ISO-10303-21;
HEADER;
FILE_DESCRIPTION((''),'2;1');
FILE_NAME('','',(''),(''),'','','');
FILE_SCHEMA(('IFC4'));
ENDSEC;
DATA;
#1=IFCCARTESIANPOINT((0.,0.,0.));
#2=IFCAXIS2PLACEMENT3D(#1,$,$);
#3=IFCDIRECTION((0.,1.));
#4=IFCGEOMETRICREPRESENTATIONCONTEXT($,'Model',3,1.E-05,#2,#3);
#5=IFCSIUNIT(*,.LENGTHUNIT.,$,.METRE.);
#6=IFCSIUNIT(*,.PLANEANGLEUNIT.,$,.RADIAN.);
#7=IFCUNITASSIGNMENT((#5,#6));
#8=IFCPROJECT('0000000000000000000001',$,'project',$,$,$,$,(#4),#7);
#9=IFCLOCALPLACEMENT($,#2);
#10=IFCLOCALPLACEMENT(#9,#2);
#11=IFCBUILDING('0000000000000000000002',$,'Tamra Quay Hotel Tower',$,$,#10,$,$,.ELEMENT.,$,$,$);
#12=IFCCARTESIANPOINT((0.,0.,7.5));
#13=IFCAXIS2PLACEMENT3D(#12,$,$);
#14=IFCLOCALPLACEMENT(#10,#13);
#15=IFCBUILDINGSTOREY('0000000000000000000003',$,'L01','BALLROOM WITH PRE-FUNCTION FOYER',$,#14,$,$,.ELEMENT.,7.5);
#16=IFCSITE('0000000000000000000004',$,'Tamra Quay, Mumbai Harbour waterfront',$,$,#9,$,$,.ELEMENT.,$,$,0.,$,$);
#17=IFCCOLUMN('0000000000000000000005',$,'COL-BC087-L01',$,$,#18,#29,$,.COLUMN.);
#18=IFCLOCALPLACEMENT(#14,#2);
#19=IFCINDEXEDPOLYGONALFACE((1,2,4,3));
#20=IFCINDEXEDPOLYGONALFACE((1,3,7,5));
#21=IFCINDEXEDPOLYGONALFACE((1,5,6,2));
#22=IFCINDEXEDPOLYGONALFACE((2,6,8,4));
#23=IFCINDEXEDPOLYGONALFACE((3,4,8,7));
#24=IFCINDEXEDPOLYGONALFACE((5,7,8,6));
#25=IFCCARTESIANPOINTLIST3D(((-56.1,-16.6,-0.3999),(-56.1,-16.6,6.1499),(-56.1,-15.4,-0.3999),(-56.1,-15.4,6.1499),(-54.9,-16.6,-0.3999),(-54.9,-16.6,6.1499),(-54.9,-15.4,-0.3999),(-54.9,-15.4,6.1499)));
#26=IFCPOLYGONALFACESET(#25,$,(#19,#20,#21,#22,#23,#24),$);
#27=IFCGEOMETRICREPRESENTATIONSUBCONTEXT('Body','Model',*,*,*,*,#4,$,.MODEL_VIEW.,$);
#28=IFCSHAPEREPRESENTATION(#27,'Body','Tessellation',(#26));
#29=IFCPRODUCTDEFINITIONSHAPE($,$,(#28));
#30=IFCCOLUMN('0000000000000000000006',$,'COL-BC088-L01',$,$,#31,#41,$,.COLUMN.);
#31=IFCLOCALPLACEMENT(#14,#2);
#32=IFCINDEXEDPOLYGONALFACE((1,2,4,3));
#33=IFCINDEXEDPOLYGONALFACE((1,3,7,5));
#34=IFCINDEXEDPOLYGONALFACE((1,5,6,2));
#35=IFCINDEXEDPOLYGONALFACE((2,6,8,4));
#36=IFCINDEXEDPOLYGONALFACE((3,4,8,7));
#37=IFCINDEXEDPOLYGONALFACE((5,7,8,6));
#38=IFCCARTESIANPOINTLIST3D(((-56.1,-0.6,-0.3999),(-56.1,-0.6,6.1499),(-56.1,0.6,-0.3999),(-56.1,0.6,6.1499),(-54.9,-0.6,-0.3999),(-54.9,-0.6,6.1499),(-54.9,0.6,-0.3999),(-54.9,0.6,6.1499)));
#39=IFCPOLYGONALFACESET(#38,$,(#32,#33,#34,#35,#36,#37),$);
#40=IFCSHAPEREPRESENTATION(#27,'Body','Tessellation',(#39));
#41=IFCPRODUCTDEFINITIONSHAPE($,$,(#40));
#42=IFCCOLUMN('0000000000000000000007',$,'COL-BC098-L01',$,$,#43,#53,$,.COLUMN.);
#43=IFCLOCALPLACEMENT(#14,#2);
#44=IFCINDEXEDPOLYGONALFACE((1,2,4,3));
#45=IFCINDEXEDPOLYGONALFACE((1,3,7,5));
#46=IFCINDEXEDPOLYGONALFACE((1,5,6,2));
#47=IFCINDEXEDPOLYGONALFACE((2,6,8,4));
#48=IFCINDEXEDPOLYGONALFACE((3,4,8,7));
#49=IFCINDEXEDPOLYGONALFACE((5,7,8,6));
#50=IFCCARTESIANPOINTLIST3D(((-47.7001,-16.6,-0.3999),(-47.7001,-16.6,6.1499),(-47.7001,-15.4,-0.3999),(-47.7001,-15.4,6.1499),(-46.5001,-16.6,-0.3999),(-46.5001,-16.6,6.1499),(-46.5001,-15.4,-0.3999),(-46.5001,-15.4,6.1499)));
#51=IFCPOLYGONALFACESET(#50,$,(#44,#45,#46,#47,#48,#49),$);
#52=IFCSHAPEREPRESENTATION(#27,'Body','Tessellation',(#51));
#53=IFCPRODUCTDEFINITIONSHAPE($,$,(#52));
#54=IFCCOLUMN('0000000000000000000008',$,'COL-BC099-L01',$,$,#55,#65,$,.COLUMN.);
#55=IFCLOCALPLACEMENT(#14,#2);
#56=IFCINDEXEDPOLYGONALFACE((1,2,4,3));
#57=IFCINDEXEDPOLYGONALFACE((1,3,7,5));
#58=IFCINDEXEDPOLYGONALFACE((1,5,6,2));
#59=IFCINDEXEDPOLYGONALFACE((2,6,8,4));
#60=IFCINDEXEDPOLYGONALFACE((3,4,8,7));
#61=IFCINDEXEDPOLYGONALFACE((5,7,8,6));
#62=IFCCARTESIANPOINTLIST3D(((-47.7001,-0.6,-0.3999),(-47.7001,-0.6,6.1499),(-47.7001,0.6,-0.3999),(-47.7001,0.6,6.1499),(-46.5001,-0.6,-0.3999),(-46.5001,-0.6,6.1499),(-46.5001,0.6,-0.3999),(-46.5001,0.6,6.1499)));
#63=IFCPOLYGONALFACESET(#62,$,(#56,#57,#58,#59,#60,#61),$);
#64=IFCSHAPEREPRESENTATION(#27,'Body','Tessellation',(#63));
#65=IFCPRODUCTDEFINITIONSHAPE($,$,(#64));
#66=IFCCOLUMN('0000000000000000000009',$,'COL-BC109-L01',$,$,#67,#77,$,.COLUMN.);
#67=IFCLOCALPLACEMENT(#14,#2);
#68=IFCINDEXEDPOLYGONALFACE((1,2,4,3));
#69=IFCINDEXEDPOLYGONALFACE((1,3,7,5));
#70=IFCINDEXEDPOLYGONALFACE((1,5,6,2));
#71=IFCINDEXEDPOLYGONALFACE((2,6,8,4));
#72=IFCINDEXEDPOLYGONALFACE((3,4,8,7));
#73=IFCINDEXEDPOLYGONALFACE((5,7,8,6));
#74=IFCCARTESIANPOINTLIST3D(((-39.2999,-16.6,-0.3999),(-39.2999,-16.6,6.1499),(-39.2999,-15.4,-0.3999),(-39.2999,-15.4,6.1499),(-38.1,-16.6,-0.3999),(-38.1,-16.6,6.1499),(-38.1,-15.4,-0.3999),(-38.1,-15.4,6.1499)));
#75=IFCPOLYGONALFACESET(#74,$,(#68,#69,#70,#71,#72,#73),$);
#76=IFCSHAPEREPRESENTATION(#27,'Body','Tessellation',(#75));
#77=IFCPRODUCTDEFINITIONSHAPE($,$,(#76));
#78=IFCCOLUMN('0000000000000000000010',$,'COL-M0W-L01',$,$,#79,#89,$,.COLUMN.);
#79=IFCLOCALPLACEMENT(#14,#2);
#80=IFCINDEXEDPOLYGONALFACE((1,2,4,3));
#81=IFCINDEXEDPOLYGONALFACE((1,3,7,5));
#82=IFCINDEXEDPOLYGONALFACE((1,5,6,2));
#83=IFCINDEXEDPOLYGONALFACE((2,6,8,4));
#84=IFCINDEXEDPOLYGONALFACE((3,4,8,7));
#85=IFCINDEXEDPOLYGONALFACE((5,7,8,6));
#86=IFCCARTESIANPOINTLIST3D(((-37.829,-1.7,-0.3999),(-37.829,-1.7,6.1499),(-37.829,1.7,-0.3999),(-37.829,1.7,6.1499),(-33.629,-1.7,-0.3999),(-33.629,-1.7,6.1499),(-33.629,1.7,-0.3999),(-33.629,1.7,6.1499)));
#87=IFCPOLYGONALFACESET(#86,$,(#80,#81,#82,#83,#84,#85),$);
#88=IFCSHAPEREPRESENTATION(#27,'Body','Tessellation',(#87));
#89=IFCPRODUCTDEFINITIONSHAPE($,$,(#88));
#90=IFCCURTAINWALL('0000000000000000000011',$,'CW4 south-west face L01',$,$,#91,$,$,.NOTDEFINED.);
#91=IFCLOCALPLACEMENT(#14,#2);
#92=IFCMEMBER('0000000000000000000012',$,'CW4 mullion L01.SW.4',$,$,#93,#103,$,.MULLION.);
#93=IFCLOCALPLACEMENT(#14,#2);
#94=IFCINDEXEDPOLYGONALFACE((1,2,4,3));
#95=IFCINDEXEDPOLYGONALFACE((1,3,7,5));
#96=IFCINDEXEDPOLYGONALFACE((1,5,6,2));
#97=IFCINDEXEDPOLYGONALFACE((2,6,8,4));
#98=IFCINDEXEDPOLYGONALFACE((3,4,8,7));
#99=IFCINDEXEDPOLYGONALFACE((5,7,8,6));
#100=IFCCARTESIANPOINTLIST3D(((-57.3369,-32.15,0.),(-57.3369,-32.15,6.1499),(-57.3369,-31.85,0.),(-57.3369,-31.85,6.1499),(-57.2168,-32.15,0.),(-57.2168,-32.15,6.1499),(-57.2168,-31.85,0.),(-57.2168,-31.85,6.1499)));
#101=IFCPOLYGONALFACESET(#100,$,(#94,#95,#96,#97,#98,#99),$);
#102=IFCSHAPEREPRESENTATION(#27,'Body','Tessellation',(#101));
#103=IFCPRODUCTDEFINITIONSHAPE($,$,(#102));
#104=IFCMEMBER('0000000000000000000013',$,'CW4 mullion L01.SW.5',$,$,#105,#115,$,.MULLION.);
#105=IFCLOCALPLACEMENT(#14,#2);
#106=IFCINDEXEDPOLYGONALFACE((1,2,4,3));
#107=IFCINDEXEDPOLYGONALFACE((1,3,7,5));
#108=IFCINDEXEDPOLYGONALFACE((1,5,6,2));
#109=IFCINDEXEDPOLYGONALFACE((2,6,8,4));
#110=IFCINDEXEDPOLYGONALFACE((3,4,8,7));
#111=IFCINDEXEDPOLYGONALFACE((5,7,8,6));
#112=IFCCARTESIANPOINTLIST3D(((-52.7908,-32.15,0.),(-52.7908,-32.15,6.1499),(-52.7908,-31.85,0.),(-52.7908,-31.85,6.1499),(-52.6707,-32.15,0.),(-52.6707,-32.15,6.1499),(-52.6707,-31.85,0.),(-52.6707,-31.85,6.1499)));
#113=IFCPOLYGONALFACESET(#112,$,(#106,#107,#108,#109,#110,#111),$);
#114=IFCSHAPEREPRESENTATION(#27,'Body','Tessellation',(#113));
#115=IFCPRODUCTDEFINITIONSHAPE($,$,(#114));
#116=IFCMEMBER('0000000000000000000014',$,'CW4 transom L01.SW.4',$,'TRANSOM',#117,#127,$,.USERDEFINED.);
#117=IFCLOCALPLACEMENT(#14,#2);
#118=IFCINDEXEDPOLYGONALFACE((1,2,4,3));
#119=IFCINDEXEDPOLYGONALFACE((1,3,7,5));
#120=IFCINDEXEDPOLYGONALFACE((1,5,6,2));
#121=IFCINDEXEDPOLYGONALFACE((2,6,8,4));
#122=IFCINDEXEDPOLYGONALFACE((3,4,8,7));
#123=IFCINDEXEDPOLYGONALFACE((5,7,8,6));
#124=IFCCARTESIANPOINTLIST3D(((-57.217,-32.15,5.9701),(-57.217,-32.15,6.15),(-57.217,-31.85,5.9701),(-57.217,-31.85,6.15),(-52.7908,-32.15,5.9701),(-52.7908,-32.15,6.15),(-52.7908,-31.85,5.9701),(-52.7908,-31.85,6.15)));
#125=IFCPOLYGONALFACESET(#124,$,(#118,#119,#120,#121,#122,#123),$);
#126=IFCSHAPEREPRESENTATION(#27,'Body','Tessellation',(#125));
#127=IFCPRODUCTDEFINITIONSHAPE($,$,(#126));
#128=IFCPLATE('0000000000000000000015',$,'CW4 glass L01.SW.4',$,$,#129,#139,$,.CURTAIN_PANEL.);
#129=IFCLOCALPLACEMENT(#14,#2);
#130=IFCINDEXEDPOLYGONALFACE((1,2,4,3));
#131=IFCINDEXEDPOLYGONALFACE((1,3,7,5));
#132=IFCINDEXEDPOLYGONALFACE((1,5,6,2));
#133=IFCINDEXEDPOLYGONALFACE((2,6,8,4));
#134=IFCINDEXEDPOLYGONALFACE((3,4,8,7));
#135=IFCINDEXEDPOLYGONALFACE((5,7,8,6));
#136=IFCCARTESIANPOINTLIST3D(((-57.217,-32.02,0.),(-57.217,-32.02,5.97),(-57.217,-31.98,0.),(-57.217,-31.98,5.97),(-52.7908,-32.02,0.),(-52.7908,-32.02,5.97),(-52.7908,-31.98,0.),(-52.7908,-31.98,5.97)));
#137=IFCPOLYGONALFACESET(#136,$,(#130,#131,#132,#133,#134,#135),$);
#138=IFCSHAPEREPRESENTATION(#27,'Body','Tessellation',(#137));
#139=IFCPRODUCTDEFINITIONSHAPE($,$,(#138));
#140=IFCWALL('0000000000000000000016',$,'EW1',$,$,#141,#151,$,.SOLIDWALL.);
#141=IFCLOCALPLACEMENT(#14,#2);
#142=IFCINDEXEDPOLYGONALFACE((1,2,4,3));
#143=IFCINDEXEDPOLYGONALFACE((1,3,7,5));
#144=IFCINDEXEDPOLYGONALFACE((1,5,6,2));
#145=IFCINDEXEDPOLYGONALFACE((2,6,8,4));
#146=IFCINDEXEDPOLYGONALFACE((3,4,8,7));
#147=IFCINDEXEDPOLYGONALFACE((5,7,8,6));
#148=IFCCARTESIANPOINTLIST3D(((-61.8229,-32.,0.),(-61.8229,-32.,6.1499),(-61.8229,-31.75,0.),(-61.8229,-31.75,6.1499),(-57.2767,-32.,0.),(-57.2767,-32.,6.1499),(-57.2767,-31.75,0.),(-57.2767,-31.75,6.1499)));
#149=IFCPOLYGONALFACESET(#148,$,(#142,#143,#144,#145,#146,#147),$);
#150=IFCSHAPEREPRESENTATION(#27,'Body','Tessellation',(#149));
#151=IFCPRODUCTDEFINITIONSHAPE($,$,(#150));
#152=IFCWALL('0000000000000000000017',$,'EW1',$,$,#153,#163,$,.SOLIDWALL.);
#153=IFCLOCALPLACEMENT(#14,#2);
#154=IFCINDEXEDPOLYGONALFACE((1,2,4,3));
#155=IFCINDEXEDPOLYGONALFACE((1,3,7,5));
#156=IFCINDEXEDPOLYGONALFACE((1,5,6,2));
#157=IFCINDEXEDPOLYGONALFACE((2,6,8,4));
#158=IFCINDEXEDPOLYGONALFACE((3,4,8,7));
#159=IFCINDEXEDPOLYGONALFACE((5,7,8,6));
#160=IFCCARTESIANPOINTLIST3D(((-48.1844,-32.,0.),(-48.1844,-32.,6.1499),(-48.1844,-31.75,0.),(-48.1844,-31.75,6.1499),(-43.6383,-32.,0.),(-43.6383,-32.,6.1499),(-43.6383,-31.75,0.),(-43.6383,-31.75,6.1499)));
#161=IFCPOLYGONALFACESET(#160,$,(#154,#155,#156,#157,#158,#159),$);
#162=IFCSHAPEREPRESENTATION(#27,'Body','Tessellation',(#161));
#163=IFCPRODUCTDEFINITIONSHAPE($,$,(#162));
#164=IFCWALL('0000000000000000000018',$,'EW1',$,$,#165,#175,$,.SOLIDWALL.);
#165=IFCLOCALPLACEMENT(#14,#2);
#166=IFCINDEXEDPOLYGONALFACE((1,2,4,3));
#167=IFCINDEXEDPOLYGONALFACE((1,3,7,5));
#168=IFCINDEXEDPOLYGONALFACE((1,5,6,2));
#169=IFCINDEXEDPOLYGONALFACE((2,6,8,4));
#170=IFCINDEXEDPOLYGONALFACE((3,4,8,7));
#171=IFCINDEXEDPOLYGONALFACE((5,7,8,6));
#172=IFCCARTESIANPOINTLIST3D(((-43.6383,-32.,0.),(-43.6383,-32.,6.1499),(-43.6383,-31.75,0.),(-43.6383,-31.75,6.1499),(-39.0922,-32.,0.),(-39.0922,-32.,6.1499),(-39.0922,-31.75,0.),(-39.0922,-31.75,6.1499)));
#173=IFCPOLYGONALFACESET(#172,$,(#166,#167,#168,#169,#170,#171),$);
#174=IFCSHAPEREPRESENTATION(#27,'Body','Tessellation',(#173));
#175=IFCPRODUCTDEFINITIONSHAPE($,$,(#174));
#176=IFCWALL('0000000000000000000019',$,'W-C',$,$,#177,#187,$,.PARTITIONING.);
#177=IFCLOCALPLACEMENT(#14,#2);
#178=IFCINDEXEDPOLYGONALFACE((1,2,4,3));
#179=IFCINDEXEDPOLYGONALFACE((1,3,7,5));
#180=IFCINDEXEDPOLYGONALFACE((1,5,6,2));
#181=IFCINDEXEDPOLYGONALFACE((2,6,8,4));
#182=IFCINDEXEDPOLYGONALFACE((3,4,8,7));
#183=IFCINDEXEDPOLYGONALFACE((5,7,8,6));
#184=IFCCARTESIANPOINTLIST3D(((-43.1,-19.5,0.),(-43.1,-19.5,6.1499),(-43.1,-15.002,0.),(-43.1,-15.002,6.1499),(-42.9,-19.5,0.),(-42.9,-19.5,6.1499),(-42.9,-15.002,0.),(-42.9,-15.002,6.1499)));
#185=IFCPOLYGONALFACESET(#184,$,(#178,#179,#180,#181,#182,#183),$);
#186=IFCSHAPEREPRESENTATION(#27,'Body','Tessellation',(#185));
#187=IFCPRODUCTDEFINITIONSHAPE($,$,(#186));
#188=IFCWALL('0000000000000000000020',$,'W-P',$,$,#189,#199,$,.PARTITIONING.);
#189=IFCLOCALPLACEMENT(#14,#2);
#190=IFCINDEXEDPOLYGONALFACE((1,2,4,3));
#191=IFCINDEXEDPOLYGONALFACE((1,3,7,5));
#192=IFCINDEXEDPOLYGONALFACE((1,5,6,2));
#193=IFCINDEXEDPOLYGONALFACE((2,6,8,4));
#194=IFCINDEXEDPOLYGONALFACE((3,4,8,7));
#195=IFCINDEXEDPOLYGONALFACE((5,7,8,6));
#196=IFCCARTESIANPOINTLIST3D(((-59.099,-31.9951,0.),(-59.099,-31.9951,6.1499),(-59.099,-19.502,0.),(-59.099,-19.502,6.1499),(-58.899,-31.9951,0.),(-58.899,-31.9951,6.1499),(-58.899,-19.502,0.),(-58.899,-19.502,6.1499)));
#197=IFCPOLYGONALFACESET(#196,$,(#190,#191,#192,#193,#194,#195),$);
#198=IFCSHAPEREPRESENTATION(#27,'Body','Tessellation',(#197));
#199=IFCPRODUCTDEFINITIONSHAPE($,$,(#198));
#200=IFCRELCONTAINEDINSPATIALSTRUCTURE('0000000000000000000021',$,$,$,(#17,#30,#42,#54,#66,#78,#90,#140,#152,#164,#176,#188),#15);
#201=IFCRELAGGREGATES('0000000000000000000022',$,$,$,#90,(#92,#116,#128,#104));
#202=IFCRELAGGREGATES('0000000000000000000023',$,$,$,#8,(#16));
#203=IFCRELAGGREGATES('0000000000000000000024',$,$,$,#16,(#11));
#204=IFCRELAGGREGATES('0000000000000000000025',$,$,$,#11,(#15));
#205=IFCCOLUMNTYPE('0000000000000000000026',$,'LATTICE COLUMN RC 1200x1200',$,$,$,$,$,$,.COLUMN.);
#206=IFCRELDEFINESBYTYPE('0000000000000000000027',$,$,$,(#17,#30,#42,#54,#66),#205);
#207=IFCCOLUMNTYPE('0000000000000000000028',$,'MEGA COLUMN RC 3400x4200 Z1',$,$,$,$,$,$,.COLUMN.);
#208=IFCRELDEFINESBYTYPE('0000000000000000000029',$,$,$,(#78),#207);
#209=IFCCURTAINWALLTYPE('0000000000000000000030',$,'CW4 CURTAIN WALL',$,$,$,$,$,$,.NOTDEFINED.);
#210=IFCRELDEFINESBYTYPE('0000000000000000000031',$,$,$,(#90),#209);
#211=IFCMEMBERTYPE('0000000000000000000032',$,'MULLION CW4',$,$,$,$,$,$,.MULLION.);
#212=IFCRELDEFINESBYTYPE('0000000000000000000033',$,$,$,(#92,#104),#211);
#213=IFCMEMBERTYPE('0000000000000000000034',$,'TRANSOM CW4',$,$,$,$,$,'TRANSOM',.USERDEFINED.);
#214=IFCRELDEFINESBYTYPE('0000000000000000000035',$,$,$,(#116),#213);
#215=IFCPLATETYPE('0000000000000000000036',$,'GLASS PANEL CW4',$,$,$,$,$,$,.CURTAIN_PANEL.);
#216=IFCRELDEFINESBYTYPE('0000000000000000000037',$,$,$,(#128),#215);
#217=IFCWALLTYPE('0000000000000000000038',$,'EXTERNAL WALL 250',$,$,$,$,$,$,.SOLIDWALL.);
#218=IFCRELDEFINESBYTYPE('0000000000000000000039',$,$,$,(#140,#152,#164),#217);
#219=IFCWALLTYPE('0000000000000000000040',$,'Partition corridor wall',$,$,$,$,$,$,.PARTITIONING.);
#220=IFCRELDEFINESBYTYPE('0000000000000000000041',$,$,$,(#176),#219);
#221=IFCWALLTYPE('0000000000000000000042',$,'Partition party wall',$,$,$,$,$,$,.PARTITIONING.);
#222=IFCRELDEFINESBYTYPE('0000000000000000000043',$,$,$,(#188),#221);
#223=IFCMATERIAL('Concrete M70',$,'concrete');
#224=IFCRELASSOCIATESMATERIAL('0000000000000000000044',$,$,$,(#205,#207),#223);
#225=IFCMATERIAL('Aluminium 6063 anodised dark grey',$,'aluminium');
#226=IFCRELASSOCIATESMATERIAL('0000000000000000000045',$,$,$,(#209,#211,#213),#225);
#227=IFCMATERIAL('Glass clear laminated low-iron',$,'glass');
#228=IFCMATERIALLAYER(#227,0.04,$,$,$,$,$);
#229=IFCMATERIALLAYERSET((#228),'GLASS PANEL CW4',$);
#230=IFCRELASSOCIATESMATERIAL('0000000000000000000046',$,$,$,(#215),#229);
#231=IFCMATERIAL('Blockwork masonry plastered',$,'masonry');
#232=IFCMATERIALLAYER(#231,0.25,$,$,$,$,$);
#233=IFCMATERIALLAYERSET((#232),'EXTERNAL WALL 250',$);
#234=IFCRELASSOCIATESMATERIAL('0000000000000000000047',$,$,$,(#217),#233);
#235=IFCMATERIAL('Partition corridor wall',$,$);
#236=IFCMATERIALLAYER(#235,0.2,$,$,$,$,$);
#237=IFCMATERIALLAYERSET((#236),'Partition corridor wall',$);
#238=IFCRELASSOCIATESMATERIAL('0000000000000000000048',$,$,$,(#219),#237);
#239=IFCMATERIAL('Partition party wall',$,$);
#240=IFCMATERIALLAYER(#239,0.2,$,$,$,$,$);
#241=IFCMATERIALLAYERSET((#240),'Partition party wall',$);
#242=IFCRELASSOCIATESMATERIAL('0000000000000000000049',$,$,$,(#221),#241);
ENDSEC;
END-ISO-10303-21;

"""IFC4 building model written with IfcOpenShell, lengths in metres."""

from ifc_helpers import new_model, si_unit, direction, frame, frame_2d, origin, origin_2d, place, context, subcontext, project, spatial, rectangle, extrude, material, layer, layer_set, material_profile, profile_set, type_object, element, aggregate, save


model = new_model("IFC4")

# Units and contexts
model_context = context("Model", 3, precision=1e-05, world=origin(), true_north=direction((0.0, 1.0)))
body_context = subcontext(model_context, "Body", "Model", "MODEL_VIEW")
ifc_project = project(units=[si_unit("LENGTHUNIT", "METRE"), si_unit("PLANEANGLEUNIT", "RADIAN")], contexts=[model_context])

# Site, building, storey
site_placement = place(None, origin())
site = spatial("IfcSite", under=ifc_project, at=site_placement, Name="Tamra Quay, Mumbai Harbour waterfront", CompositionType="ELEMENT", RefElevation=0.0)
building_placement = place(site_placement, origin())
building = spatial("IfcBuilding", under=site, at=building_placement, Name="Tamra Quay Hotel Tower", CompositionType="ELEMENT")
storey_placement = place(building_placement, frame((0.0, 0.0, 7.5)))
storey = spatial("IfcBuildingStorey", under=building, at=storey_placement, Name="L01", Description="BALLROOM WITH PRE-FUNCTION FOYER", CompositionType="ELEMENT", Elevation=7.5)

# Columns
ifc_material_1 = material(Name="Concrete M70", Category="concrete")
ifc_material_profile_1 = material_profile(ifc_material_1, rectangle(XDim=1.2, YDim=1.2, at=origin_2d()), Name="LATTICE COLUMN RC 1200x1200")
ifc_profile_set_1 = profile_set([ifc_material_profile_1], Name="Concrete M70")
column_type_1 = type_object("IfcColumnType", Name="LATTICE COLUMN RC 1200x1200", PredefinedType="COLUMN", material=ifc_profile_set_1)
for number, where, z_axis, x_axis, name in (
    (1, (-55.5, -16.0, -0.3999), (0.0, 0.0, 1.0), (1.0, 0.0, 0.0), "COL-BC087-L01"),
    (2, (-55.5, 0.0, -0.3999), (0.0, 0.0, 1.0), (1.0, 0.0, 0.0), "COL-BC088-L01"),
    (3, (-47.1001, -16.0, -0.3999), (0.0, 0.0, 1.0), (1.0, 0.0, 0.0), "COL-BC098-L01"),
    (4, (-47.1001, 0.0, -0.3999), (0.0, 0.0, 1.0), (1.0, 0.0, 0.0), "COL-BC099-L01"),
    (5, (-38.7, -16.0, -0.3999), (0.0, 0.0, 1.0), (1.0, 0.0, 0.0), "COL-BC109-L01"),
):
    element("IfcColumn", number, at=place(storey_placement, frame(where, z_axis=z_axis, x_axis=x_axis)), inside=storey, type_object=column_type_1, Name=name, PredefinedType="COLUMN", context=body_context, shape_type="SweptSolid", body=[
        extrude(rectangle(XDim=1.2, YDim=1.2, at=origin_2d()), origin(), (0.0, 0.0, 1.0), 6.5498),
    ])
ifc_material_profile_2 = material_profile(ifc_material_1, rectangle(XDim=4.2, YDim=3.3999, at=origin_2d()), Name="MEGA COLUMN RC 3400x4200 Z1")
ifc_profile_set_2 = profile_set([ifc_material_profile_2], Name="Concrete M70")
column_type_2 = type_object("IfcColumnType", Name="MEGA COLUMN RC 3400x4200 Z1", PredefinedType="COLUMN", material=ifc_profile_set_2)
column_placement = place(storey_placement, frame((-35.729, 0.0, -0.3999), z_axis=(0.0, 0.0, 1.0), x_axis=(1.0, 0.0, 0.0)))
element("IfcColumn", 6, at=column_placement, inside=storey, type_object=column_type_2, Name="COL-M0W-L01", PredefinedType="COLUMN", context=body_context, shape_type="SweptSolid", body=[
    extrude(rectangle(XDim=4.2, YDim=3.3999, at=origin_2d()), origin(), (0.0, 0.0, 1.0), 6.5498),
])

# Curtain wall, members, plate
ifc_material_2 = material(Name="Aluminium 6063 anodised dark grey", Category="aluminium")
curtain_wall_type = type_object("IfcCurtainWallType", Name="CW4 CURTAIN WALL", PredefinedType="NOTDEFINED", material=ifc_material_2)
curtain_wall_placement = place(storey_placement, origin())
curtain_wall = element("IfcCurtainWall", 7, at=curtain_wall_placement, inside=storey, type_object=curtain_wall_type, Name="CW4 south-west face L01", PredefinedType="NOTDEFINED")
ifc_material_profile_3 = material_profile(ifc_material_2, rectangle(XDim=0.3, YDim=0.1201, at=origin_2d()), Name="MULLION 120X300")
ifc_profile_set_3 = profile_set([ifc_material_profile_3], Name="Aluminium 6063 anodised dark grey")
member_type_1 = type_object("IfcMemberType", Name="MULLION CW4", PredefinedType="MULLION", material=ifc_profile_set_3)
member_1_placement = place(storey_placement, frame((-57.2769, -32.0, 0.0), z_axis=(0.0, 0.0, 1.0), x_axis=(0.0, -1.0, 0.0)))
member_1 = element("IfcMember", 8, at=member_1_placement, type_object=member_type_1, Name="CW4 mullion L01.SW.4", PredefinedType="MULLION", context=body_context, shape_type="SweptSolid", body=[
    extrude(rectangle(XDim=0.3, YDim=0.1201, at=origin_2d()), origin(), (0.0, 0.0, 1.0), 6.1499),
])
member_2_placement = place(storey_placement, frame((-52.7307, -32.0, 0.0), z_axis=(0.0, 0.0, 1.0), x_axis=(0.0, -1.0, 0.0)))
member_2 = element("IfcMember", 9, at=member_2_placement, type_object=member_type_1, Name="CW4 mullion L01.SW.5", PredefinedType="MULLION", context=body_context, shape_type="SweptSolid", body=[
    extrude(rectangle(XDim=0.3, YDim=0.1201, at=origin_2d()), origin(), (0.0, 0.0, 1.0), 6.1499),
])
ifc_material_profile_4 = material_profile(ifc_material_2, rectangle(XDim=0.3, YDim=0.1799, at=origin_2d()), Name="TRANSOM 300X180")
ifc_profile_set_4 = profile_set([ifc_material_profile_4], Name="Aluminium 6063 anodised dark grey")
member_type_2 = type_object("IfcMemberType", Name="TRANSOM CW4", ElementType="TRANSOM", PredefinedType="USERDEFINED", material=ifc_profile_set_4)
member_3_placement = place(storey_placement, frame((-57.217, -32.0, 6.0601), z_axis=(1.0, 0.0, 0.0), x_axis=(0.0, 1.0, 0.0)))
member_3 = element("IfcMember", 10, at=member_3_placement, type_object=member_type_2, Name="CW4 transom L01.SW.4", ObjectType="TRANSOM", PredefinedType="USERDEFINED", context=body_context, shape_type="SweptSolid", body=[
    extrude(rectangle(XDim=0.3, YDim=0.1799, at=origin_2d()), origin(), (0.0, 0.0, 1.0), 4.4263),
])
ifc_material_3 = material(Name="Glass clear laminated low-iron", Category="glass")
ifc_layer_1 = layer(ifc_material_3, 0.04)
ifc_layer_set_1 = layer_set([ifc_layer_1], Name="GLASS PANEL CW4")
plate_type = type_object("IfcPlateType", Name="GLASS PANEL CW4", PredefinedType="CURTAIN_PANEL", material=ifc_layer_set_1)
plate_placement = place(storey_placement, frame((-55.0039, -32.0, 0.0), z_axis=(0.0, 0.0, 1.0), x_axis=(1.0, 0.0, 0.0)))
plate = element("IfcPlate", 11, at=plate_placement, type_object=plate_type, Name="CW4 glass L01.SW.4", PredefinedType="CURTAIN_PANEL", context=body_context, shape_type="SweptSolid", body=[
    extrude(rectangle(XDim=4.4263, YDim=0.04, at=origin_2d()), origin(), (0.0, 0.0, 1.0), 5.97),
])
aggregate(curtain_wall, [member_1, member_3, plate, member_2])

# Walls
ifc_material_4 = material(Name="Blockwork masonry plastered", Category="masonry")
ifc_layer_2 = layer(ifc_material_4, 0.25)
ifc_layer_set_2 = layer_set([ifc_layer_2], Name="EXTERNAL WALL 250")
wall_type_1 = type_object("IfcWallType", Name="EXTERNAL WALL 250", PredefinedType="SOLIDWALL", material=ifc_layer_set_2)
for number, where, z_axis, x_axis, name in (
    (12, (-57.2769, -31.875, 0.0), (0.0, 0.0, 1.0), (-1.0, 0.0, 0.0), "EW1"),
    (13, (-43.6384, -31.875, 0.0), (0.0, 0.0, 1.0), (-1.0, 0.0, 0.0), "EW1"),
    (14, (-39.0923, -31.875, 0.0), (0.0, 0.0, 1.0), (-1.0, 0.0, 0.0), "EW1"),
):
    element("IfcWall", number, at=place(storey_placement, frame(where, z_axis=z_axis, x_axis=x_axis)), inside=storey, type_object=wall_type_1, Name=name, PredefinedType="SOLIDWALL", context=body_context, shape_type="SweptSolid", body=[
        extrude(rectangle(XDim=4.5461, YDim=0.25, at=frame_2d((2.2729, 0.0))), origin(), (0.0, 0.0, 1.0), 6.1499),
    ])
ifc_material_5 = material(Name="Partition corridor wall")
ifc_layer_3 = layer(ifc_material_5, 0.2)
ifc_layer_set_3 = layer_set([ifc_layer_3], Name="Partition corridor wall")
wall_type_2 = type_object("IfcWallType", Name="Partition corridor wall", PredefinedType="PARTITIONING", material=ifc_layer_set_3)
wall_1_placement = place(storey_placement, frame((-43.0, -19.5, 0.0), z_axis=(0.0, 0.0, 1.0), x_axis=(0.0, 1.0, 0.0)))
element("IfcWall", 15, at=wall_1_placement, inside=storey, type_object=wall_type_2, Name="W-C", PredefinedType="PARTITIONING", context=body_context, shape_type="SweptSolid", body=[
    extrude(rectangle(XDim=4.498, YDim=0.2, at=frame_2d((2.249, 0.0))), origin(), (0.0, 0.0, 1.0), 6.1499),
])
ifc_material_6 = material(Name="Partition party wall")
ifc_layer_4 = layer(ifc_material_6, 0.2)
ifc_layer_set_4 = layer_set([ifc_layer_4], Name="Partition party wall")
wall_type_3 = type_object("IfcWallType", Name="Partition party wall", PredefinedType="PARTITIONING", material=ifc_layer_set_4)
for number, where, z_axis, x_axis, name in (
    (16, (-58.999, -31.9951, 0.0), (0.0, 0.0, 1.0), (0.0, 1.0, 0.0), "W-P"),
):
    element("IfcWall", number, at=place(storey_placement, frame(where, z_axis=z_axis, x_axis=x_axis)), inside=storey, type_object=wall_type_3, Name=name, PredefinedType="PARTITIONING", context=body_context, shape_type="SweptSolid", body=[
        extrude(rectangle(XDim=12.4932, YDim=0.2, at=frame_2d((6.2466, 0.0))), origin(), (0.0, 0.0, 1.0), 6.1499),
    ])

save(model, "model.ifc")
